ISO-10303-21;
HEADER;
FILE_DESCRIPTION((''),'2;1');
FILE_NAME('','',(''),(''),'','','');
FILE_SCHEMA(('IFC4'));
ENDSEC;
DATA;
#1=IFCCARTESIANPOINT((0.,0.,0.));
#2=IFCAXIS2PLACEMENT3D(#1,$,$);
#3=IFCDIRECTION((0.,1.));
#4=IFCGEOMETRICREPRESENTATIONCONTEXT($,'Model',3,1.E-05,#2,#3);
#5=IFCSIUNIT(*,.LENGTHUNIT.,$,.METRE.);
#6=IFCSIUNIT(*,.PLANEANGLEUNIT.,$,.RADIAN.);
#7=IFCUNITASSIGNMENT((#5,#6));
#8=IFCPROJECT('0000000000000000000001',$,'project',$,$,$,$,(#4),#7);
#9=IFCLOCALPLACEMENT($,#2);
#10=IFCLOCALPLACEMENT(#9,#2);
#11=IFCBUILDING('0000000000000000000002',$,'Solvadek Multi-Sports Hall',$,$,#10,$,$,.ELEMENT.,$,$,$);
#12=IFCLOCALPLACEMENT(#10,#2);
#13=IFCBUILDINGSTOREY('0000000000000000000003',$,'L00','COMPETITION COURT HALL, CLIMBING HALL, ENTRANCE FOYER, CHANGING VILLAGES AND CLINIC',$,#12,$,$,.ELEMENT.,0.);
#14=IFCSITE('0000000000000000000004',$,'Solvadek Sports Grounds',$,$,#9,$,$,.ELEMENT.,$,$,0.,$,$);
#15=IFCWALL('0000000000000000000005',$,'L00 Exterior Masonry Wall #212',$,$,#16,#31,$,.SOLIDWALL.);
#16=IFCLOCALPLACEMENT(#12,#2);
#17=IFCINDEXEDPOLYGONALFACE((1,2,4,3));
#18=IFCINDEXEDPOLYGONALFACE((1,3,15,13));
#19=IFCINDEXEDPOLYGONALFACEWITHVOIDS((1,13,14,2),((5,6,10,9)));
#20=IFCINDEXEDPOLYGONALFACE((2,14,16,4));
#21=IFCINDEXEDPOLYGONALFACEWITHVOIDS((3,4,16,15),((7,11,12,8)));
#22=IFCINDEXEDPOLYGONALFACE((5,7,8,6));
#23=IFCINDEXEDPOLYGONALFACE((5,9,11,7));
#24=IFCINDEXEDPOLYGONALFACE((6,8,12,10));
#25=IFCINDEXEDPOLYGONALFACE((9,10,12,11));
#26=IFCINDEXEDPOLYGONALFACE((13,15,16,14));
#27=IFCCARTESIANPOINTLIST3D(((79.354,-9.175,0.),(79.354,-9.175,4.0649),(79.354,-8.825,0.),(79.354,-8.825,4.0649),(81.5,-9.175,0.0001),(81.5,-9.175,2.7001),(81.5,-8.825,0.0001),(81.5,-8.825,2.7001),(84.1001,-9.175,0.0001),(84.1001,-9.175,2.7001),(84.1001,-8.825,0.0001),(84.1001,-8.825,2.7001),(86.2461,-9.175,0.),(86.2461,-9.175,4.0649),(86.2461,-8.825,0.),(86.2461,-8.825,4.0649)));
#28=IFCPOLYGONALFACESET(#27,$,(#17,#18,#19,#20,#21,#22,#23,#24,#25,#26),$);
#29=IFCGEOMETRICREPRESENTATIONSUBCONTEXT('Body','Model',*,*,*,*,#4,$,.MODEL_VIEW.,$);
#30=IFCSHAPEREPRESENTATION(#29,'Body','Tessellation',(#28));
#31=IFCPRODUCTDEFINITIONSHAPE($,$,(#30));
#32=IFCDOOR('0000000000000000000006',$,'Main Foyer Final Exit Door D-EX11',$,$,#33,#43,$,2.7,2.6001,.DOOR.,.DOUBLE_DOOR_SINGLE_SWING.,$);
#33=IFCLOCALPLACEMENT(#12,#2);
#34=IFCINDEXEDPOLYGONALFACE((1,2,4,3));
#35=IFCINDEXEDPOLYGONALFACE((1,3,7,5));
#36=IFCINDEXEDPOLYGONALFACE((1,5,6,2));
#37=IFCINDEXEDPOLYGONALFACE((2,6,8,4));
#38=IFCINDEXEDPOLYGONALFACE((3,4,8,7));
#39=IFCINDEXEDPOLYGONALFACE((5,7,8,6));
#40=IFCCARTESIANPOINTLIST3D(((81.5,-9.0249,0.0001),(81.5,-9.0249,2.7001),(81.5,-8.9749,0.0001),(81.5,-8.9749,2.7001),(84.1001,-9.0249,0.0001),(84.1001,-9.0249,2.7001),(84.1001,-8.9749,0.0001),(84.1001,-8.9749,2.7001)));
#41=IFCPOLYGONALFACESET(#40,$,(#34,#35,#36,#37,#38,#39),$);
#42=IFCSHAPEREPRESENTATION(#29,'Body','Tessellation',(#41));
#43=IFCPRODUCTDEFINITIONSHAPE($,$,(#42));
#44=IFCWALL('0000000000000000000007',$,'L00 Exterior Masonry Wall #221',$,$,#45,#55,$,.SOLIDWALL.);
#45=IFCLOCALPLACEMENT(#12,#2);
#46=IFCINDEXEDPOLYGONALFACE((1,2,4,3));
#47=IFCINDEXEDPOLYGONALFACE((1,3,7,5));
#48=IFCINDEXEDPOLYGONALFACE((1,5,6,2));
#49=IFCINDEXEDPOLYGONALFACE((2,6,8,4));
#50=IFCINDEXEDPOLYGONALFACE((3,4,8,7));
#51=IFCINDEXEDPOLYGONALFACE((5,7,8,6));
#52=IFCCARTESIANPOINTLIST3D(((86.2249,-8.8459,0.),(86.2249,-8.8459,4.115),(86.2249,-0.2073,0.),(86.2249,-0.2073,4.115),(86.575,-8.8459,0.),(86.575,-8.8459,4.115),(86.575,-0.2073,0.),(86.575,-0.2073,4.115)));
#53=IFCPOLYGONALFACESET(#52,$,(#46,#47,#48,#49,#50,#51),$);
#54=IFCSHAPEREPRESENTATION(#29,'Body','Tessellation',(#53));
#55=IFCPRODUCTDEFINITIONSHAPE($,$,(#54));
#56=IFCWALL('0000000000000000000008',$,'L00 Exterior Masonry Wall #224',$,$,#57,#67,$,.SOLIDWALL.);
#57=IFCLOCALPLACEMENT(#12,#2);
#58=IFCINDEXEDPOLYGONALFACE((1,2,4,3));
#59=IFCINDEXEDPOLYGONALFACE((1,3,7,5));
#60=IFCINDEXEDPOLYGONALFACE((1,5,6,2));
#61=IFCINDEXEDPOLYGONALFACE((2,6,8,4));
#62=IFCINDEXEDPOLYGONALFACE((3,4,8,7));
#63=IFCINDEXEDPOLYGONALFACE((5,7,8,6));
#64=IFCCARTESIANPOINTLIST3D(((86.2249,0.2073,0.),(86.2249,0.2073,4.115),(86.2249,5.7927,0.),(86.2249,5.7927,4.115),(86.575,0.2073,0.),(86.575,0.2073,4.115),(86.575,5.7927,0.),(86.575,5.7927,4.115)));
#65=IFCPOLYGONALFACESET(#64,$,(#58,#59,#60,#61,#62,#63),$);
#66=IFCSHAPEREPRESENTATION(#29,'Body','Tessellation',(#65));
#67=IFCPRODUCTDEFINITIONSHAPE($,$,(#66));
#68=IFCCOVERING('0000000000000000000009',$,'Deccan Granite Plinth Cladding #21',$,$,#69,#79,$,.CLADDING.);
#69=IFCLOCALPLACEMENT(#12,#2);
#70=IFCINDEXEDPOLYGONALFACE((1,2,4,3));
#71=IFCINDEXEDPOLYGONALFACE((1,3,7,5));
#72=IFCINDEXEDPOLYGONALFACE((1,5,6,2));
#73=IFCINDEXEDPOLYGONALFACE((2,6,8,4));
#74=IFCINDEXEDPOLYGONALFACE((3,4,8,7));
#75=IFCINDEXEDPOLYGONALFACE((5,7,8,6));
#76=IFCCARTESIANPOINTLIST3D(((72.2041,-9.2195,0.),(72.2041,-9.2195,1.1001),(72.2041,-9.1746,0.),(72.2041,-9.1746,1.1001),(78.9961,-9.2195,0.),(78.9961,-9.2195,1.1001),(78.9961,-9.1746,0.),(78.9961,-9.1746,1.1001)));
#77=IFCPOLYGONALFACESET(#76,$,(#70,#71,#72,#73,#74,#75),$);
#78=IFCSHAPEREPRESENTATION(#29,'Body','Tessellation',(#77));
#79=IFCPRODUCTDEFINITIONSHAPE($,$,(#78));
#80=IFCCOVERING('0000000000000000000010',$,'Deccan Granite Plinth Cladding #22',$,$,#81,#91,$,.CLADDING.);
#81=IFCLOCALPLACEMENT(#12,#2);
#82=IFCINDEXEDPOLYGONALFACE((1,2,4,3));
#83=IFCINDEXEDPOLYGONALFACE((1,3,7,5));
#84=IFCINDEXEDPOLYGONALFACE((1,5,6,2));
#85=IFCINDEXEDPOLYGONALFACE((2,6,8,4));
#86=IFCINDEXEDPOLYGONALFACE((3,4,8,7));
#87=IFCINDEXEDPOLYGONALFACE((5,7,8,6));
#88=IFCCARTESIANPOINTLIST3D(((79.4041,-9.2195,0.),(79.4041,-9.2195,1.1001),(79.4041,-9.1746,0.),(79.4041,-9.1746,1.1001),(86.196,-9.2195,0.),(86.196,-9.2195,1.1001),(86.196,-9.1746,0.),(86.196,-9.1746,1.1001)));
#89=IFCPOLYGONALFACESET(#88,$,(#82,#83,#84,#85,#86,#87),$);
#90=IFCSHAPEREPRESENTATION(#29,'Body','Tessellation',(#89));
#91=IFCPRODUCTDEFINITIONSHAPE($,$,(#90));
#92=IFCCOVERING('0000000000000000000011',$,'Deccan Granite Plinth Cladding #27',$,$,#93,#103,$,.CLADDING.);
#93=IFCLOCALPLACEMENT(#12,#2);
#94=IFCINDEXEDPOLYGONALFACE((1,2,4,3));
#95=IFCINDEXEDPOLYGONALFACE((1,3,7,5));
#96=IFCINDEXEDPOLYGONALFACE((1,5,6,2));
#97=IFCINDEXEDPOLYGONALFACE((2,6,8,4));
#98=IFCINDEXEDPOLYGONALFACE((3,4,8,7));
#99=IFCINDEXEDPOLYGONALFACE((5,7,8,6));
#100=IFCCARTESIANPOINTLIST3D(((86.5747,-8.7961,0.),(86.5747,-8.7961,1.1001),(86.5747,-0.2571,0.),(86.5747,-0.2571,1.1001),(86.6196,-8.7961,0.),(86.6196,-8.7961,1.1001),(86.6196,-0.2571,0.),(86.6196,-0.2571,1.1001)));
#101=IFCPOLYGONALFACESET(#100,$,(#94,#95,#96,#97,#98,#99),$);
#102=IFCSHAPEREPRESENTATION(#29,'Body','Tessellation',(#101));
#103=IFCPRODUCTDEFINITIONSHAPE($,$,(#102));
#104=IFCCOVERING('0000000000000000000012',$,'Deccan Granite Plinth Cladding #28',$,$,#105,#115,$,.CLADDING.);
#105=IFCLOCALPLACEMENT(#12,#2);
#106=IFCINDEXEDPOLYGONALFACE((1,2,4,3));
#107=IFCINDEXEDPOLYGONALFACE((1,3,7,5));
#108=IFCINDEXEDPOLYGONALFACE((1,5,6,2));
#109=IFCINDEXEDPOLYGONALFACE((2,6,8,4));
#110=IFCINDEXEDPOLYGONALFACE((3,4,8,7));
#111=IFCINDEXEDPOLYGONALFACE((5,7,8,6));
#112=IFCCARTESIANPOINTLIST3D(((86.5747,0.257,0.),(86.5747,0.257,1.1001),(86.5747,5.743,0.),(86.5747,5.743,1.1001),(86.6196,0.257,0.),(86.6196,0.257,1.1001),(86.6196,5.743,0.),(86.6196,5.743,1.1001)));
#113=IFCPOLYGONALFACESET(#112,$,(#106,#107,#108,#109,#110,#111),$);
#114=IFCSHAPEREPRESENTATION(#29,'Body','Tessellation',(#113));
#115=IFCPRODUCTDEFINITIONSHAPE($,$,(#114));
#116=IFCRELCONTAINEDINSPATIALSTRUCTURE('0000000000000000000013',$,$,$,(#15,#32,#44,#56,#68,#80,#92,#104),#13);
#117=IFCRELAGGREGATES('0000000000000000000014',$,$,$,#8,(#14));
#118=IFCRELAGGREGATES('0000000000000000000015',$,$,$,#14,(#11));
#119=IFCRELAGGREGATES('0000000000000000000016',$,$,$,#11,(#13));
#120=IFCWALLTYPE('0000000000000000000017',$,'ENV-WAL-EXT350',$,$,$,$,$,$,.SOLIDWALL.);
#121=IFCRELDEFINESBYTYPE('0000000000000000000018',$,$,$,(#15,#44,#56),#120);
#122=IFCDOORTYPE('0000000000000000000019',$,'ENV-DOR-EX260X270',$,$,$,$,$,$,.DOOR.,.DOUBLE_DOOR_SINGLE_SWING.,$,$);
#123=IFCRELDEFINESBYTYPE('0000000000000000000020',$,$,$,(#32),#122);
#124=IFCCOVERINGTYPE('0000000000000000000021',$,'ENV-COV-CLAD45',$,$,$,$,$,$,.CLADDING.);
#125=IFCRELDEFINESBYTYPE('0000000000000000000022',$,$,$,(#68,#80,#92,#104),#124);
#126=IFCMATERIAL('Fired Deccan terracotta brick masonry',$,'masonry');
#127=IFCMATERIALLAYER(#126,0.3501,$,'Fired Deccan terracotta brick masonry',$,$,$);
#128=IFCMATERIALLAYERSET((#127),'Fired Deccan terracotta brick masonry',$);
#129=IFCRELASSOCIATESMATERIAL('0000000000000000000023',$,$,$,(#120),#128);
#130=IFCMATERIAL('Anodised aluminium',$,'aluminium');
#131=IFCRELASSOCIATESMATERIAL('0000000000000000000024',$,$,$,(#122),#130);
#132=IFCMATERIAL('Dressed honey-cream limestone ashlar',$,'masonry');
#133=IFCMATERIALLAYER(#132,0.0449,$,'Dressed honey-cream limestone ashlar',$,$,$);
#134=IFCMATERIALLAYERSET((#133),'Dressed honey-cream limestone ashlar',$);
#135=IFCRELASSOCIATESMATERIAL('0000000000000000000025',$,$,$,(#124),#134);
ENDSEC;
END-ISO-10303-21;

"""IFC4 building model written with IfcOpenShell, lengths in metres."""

from ifc_helpers import new_model, si_unit, direction, frame, frame_2d, origin, origin_2d, place, context, subcontext, project, spatial, rectangle, extrude, material, layer, layer_set, type_object, element, fill, save


model = new_model("IFC4")

# Units and contexts
model_context = context("Model", 3, precision=1e-05, world=origin(), true_north=direction((0.0, 1.0)))
body_context = subcontext(model_context, "Body", "Model", "MODEL_VIEW")
ifc_project = project(units=[si_unit("LENGTHUNIT", "METRE"), si_unit("PLANEANGLEUNIT", "RADIAN")], contexts=[model_context])

# Site, building, storey
site_placement = place(None, origin())
site = spatial("IfcSite", under=ifc_project, at=site_placement, Name="Solvadek Sports Grounds", CompositionType="ELEMENT", RefElevation=0.0)
building_placement = place(site_placement, origin())
building = spatial("IfcBuilding", under=site, at=building_placement, Name="Solvadek Multi-Sports Hall", CompositionType="ELEMENT")
storey_placement = place(building_placement, origin())
storey = spatial("IfcBuildingStorey", under=building, at=storey_placement, Name="L00", Description="COMPETITION COURT HALL, CLIMBING HALL, ENTRANCE FOYER, CHANGING VILLAGES AND CLINIC", CompositionType="ELEMENT", Elevation=0.0)

# Wall, opening, door
ifc_material_1 = material(Name="Fired Deccan terracotta brick masonry", Category="masonry")
ifc_layer_1 = layer(ifc_material_1, 0.3501, Name="Fired Deccan terracotta brick masonry")
ifc_layer_set_1 = layer_set([ifc_layer_1], Name="Fired Deccan terracotta brick masonry")
wall_type = type_object("IfcWallType", Name="ENV-WAL-EXT350", PredefinedType="SOLIDWALL", material=ifc_layer_set_1)
ifc_material_2 = material(Name="Anodised aluminium", Category="aluminium")
door_type = type_object("IfcDoorType", Name="ENV-DOR-EX260X270", OperationType="DOUBLE_DOOR_SINGLE_SWING", PredefinedType="DOOR", material=ifc_material_2)
wall_1_placement = place(storey_placement, frame((79.354, -9.0, 0.0), z_axis=(0.0, 0.0, 1.0), x_axis=(1.0, 0.0, 0.0)))
wall_1 = element("IfcWall", 1, at=wall_1_placement, inside=storey, type_object=wall_type, Name="L00 Exterior Masonry Wall #212", PredefinedType="SOLIDWALL", context=body_context, shape_type="SweptSolid", body=[
    extrude(rectangle(XDim=6.8921, YDim=0.3501, at=frame_2d((3.446, 0.0))), origin(), (0.0, 0.0, 1.0), 4.0649),
])
opening_1_placement = place(wall_1_placement, frame((2.146, 0.0, 0.0)))
opening_1 = element("IfcOpeningElement", 2, at=opening_1_placement, cuts=wall_1, PredefinedType="OPENING", context=body_context, shape_type="SweptSolid", body=[
    extrude(rectangle(XDim=2.6001, YDim=2.7, at=frame_2d((1.3, 1.3501))), frame((0.0, 0.1851, 0.0), z_axis=(0.0, -1.0, 0.0), x_axis=(1.0, 0.0, 0.0)), (0.0, 0.0, 1.0), 0.3701),
])
door_1_placement = place(opening_1_placement, frame((2.6001, 0.0, 0.0), z_axis=(0.0, 0.0, 1.0), x_axis=(-1.0, 0.0, 0.0)))
door_1 = element("IfcDoor", 3, at=door_1_placement, inside=storey, type_object=door_type, Name="Main Foyer Final Exit Door D-EX11", OperationType="DOUBLE_DOOR_SINGLE_SWING", OverallHeight=2.7, OverallWidth=2.6001, PredefinedType="DOOR", context=body_context, shape_type="SweptSolid", body=[
    extrude(rectangle(XDim=2.6001, YDim=2.7, at=frame_2d((1.3, 1.3501))), frame((0.0, 0.0249, 0.0), z_axis=(0.0, -1.0, 0.0), x_axis=(1.0, 0.0, 0.0)), (0.0, 0.0, 1.0), 0.05),
])
fill(opening_1, door_1)

# Walls
wall_2_placement = place(storey_placement, frame((86.3999, -8.8459, 0.0), z_axis=(0.0, 0.0, 1.0), x_axis=(0.0, 1.0, 0.0)))
element("IfcWall", 4, at=wall_2_placement, inside=storey, type_object=wall_type, Name="L00 Exterior Masonry Wall #221", PredefinedType="SOLIDWALL", context=body_context, shape_type="SweptSolid", body=[
    extrude(rectangle(XDim=8.6387, YDim=0.3501, at=frame_2d((4.3193, 0.0))), origin(), (0.0, 0.0, 1.0), 4.115),
])
wall_3_placement = place(storey_placement, frame((86.3999, 0.2073, 0.0), z_axis=(0.0, 0.0, 1.0), x_axis=(0.0, 1.0, 0.0)))
element("IfcWall", 5, at=wall_3_placement, inside=storey, type_object=wall_type, Name="L00 Exterior Masonry Wall #224", PredefinedType="SOLIDWALL", context=body_context, shape_type="SweptSolid", body=[
    extrude(rectangle(XDim=5.5854, YDim=0.3501, at=frame_2d((2.7927, 0.0))), origin(), (0.0, 0.0, 1.0), 4.115),
])

# Coverings
ifc_material_3 = material(Name="Dressed honey-cream limestone ashlar", Category="masonry")
ifc_layer_2 = layer(ifc_material_3, 0.0449, Name="Dressed honey-cream limestone ashlar")
ifc_layer_set_2 = layer_set([ifc_layer_2], Name="Dressed honey-cream limestone ashlar")
covering_type = type_object("IfcCoveringType", Name="ENV-COV-CLAD45", PredefinedType="CLADDING", material=ifc_layer_set_2)
for number, where, z_axis, x_axis, name in (
    (6, (75.6001, -9.197, 0.0), (0.0, 0.0, 1.0), (1.0, 0.0, 0.0), "Deccan Granite Plinth Cladding #21"),
    (7, (82.8, -9.197, 0.0), (0.0, 0.0, 1.0), (1.0, 0.0, 0.0), "Deccan Granite Plinth Cladding #22"),
):
    element("IfcCovering", number, at=place(storey_placement, frame(where, z_axis=z_axis, x_axis=x_axis)), inside=storey, type_object=covering_type, Name=name, PredefinedType="CLADDING", context=body_context, shape_type="SweptSolid", body=[
        extrude(rectangle(XDim=6.792, YDim=0.0449, at=origin_2d()), origin(), (0.0, 0.0, 1.0), 1.1001),
    ])
covering_1_placement = place(storey_placement, frame((86.5972, -4.5266, 0.0), z_axis=(0.0, 0.0, 1.0), x_axis=(0.0, 1.0, 0.0)))
element("IfcCovering", 8, at=covering_1_placement, inside=storey, type_object=covering_type, Name="Deccan Granite Plinth Cladding #27", PredefinedType="CLADDING", context=body_context, shape_type="SweptSolid", body=[
    extrude(rectangle(XDim=8.5391, YDim=0.0449, at=origin_2d()), origin(), (0.0, 0.0, 1.0), 1.1001),
])
covering_2_placement = place(storey_placement, frame((86.5972, 3.0, 0.0), z_axis=(0.0, 0.0, 1.0), x_axis=(0.0, 1.0, 0.0)))
element("IfcCovering", 9, at=covering_2_placement, inside=storey, type_object=covering_type, Name="Deccan Granite Plinth Cladding #28", PredefinedType="CLADDING", context=body_context, shape_type="SweptSolid", body=[
    extrude(rectangle(XDim=5.4861, YDim=0.0449, at=origin_2d()), origin(), (0.0, 0.0, 1.0), 1.1001),
])

save(model, "model.ifc")
